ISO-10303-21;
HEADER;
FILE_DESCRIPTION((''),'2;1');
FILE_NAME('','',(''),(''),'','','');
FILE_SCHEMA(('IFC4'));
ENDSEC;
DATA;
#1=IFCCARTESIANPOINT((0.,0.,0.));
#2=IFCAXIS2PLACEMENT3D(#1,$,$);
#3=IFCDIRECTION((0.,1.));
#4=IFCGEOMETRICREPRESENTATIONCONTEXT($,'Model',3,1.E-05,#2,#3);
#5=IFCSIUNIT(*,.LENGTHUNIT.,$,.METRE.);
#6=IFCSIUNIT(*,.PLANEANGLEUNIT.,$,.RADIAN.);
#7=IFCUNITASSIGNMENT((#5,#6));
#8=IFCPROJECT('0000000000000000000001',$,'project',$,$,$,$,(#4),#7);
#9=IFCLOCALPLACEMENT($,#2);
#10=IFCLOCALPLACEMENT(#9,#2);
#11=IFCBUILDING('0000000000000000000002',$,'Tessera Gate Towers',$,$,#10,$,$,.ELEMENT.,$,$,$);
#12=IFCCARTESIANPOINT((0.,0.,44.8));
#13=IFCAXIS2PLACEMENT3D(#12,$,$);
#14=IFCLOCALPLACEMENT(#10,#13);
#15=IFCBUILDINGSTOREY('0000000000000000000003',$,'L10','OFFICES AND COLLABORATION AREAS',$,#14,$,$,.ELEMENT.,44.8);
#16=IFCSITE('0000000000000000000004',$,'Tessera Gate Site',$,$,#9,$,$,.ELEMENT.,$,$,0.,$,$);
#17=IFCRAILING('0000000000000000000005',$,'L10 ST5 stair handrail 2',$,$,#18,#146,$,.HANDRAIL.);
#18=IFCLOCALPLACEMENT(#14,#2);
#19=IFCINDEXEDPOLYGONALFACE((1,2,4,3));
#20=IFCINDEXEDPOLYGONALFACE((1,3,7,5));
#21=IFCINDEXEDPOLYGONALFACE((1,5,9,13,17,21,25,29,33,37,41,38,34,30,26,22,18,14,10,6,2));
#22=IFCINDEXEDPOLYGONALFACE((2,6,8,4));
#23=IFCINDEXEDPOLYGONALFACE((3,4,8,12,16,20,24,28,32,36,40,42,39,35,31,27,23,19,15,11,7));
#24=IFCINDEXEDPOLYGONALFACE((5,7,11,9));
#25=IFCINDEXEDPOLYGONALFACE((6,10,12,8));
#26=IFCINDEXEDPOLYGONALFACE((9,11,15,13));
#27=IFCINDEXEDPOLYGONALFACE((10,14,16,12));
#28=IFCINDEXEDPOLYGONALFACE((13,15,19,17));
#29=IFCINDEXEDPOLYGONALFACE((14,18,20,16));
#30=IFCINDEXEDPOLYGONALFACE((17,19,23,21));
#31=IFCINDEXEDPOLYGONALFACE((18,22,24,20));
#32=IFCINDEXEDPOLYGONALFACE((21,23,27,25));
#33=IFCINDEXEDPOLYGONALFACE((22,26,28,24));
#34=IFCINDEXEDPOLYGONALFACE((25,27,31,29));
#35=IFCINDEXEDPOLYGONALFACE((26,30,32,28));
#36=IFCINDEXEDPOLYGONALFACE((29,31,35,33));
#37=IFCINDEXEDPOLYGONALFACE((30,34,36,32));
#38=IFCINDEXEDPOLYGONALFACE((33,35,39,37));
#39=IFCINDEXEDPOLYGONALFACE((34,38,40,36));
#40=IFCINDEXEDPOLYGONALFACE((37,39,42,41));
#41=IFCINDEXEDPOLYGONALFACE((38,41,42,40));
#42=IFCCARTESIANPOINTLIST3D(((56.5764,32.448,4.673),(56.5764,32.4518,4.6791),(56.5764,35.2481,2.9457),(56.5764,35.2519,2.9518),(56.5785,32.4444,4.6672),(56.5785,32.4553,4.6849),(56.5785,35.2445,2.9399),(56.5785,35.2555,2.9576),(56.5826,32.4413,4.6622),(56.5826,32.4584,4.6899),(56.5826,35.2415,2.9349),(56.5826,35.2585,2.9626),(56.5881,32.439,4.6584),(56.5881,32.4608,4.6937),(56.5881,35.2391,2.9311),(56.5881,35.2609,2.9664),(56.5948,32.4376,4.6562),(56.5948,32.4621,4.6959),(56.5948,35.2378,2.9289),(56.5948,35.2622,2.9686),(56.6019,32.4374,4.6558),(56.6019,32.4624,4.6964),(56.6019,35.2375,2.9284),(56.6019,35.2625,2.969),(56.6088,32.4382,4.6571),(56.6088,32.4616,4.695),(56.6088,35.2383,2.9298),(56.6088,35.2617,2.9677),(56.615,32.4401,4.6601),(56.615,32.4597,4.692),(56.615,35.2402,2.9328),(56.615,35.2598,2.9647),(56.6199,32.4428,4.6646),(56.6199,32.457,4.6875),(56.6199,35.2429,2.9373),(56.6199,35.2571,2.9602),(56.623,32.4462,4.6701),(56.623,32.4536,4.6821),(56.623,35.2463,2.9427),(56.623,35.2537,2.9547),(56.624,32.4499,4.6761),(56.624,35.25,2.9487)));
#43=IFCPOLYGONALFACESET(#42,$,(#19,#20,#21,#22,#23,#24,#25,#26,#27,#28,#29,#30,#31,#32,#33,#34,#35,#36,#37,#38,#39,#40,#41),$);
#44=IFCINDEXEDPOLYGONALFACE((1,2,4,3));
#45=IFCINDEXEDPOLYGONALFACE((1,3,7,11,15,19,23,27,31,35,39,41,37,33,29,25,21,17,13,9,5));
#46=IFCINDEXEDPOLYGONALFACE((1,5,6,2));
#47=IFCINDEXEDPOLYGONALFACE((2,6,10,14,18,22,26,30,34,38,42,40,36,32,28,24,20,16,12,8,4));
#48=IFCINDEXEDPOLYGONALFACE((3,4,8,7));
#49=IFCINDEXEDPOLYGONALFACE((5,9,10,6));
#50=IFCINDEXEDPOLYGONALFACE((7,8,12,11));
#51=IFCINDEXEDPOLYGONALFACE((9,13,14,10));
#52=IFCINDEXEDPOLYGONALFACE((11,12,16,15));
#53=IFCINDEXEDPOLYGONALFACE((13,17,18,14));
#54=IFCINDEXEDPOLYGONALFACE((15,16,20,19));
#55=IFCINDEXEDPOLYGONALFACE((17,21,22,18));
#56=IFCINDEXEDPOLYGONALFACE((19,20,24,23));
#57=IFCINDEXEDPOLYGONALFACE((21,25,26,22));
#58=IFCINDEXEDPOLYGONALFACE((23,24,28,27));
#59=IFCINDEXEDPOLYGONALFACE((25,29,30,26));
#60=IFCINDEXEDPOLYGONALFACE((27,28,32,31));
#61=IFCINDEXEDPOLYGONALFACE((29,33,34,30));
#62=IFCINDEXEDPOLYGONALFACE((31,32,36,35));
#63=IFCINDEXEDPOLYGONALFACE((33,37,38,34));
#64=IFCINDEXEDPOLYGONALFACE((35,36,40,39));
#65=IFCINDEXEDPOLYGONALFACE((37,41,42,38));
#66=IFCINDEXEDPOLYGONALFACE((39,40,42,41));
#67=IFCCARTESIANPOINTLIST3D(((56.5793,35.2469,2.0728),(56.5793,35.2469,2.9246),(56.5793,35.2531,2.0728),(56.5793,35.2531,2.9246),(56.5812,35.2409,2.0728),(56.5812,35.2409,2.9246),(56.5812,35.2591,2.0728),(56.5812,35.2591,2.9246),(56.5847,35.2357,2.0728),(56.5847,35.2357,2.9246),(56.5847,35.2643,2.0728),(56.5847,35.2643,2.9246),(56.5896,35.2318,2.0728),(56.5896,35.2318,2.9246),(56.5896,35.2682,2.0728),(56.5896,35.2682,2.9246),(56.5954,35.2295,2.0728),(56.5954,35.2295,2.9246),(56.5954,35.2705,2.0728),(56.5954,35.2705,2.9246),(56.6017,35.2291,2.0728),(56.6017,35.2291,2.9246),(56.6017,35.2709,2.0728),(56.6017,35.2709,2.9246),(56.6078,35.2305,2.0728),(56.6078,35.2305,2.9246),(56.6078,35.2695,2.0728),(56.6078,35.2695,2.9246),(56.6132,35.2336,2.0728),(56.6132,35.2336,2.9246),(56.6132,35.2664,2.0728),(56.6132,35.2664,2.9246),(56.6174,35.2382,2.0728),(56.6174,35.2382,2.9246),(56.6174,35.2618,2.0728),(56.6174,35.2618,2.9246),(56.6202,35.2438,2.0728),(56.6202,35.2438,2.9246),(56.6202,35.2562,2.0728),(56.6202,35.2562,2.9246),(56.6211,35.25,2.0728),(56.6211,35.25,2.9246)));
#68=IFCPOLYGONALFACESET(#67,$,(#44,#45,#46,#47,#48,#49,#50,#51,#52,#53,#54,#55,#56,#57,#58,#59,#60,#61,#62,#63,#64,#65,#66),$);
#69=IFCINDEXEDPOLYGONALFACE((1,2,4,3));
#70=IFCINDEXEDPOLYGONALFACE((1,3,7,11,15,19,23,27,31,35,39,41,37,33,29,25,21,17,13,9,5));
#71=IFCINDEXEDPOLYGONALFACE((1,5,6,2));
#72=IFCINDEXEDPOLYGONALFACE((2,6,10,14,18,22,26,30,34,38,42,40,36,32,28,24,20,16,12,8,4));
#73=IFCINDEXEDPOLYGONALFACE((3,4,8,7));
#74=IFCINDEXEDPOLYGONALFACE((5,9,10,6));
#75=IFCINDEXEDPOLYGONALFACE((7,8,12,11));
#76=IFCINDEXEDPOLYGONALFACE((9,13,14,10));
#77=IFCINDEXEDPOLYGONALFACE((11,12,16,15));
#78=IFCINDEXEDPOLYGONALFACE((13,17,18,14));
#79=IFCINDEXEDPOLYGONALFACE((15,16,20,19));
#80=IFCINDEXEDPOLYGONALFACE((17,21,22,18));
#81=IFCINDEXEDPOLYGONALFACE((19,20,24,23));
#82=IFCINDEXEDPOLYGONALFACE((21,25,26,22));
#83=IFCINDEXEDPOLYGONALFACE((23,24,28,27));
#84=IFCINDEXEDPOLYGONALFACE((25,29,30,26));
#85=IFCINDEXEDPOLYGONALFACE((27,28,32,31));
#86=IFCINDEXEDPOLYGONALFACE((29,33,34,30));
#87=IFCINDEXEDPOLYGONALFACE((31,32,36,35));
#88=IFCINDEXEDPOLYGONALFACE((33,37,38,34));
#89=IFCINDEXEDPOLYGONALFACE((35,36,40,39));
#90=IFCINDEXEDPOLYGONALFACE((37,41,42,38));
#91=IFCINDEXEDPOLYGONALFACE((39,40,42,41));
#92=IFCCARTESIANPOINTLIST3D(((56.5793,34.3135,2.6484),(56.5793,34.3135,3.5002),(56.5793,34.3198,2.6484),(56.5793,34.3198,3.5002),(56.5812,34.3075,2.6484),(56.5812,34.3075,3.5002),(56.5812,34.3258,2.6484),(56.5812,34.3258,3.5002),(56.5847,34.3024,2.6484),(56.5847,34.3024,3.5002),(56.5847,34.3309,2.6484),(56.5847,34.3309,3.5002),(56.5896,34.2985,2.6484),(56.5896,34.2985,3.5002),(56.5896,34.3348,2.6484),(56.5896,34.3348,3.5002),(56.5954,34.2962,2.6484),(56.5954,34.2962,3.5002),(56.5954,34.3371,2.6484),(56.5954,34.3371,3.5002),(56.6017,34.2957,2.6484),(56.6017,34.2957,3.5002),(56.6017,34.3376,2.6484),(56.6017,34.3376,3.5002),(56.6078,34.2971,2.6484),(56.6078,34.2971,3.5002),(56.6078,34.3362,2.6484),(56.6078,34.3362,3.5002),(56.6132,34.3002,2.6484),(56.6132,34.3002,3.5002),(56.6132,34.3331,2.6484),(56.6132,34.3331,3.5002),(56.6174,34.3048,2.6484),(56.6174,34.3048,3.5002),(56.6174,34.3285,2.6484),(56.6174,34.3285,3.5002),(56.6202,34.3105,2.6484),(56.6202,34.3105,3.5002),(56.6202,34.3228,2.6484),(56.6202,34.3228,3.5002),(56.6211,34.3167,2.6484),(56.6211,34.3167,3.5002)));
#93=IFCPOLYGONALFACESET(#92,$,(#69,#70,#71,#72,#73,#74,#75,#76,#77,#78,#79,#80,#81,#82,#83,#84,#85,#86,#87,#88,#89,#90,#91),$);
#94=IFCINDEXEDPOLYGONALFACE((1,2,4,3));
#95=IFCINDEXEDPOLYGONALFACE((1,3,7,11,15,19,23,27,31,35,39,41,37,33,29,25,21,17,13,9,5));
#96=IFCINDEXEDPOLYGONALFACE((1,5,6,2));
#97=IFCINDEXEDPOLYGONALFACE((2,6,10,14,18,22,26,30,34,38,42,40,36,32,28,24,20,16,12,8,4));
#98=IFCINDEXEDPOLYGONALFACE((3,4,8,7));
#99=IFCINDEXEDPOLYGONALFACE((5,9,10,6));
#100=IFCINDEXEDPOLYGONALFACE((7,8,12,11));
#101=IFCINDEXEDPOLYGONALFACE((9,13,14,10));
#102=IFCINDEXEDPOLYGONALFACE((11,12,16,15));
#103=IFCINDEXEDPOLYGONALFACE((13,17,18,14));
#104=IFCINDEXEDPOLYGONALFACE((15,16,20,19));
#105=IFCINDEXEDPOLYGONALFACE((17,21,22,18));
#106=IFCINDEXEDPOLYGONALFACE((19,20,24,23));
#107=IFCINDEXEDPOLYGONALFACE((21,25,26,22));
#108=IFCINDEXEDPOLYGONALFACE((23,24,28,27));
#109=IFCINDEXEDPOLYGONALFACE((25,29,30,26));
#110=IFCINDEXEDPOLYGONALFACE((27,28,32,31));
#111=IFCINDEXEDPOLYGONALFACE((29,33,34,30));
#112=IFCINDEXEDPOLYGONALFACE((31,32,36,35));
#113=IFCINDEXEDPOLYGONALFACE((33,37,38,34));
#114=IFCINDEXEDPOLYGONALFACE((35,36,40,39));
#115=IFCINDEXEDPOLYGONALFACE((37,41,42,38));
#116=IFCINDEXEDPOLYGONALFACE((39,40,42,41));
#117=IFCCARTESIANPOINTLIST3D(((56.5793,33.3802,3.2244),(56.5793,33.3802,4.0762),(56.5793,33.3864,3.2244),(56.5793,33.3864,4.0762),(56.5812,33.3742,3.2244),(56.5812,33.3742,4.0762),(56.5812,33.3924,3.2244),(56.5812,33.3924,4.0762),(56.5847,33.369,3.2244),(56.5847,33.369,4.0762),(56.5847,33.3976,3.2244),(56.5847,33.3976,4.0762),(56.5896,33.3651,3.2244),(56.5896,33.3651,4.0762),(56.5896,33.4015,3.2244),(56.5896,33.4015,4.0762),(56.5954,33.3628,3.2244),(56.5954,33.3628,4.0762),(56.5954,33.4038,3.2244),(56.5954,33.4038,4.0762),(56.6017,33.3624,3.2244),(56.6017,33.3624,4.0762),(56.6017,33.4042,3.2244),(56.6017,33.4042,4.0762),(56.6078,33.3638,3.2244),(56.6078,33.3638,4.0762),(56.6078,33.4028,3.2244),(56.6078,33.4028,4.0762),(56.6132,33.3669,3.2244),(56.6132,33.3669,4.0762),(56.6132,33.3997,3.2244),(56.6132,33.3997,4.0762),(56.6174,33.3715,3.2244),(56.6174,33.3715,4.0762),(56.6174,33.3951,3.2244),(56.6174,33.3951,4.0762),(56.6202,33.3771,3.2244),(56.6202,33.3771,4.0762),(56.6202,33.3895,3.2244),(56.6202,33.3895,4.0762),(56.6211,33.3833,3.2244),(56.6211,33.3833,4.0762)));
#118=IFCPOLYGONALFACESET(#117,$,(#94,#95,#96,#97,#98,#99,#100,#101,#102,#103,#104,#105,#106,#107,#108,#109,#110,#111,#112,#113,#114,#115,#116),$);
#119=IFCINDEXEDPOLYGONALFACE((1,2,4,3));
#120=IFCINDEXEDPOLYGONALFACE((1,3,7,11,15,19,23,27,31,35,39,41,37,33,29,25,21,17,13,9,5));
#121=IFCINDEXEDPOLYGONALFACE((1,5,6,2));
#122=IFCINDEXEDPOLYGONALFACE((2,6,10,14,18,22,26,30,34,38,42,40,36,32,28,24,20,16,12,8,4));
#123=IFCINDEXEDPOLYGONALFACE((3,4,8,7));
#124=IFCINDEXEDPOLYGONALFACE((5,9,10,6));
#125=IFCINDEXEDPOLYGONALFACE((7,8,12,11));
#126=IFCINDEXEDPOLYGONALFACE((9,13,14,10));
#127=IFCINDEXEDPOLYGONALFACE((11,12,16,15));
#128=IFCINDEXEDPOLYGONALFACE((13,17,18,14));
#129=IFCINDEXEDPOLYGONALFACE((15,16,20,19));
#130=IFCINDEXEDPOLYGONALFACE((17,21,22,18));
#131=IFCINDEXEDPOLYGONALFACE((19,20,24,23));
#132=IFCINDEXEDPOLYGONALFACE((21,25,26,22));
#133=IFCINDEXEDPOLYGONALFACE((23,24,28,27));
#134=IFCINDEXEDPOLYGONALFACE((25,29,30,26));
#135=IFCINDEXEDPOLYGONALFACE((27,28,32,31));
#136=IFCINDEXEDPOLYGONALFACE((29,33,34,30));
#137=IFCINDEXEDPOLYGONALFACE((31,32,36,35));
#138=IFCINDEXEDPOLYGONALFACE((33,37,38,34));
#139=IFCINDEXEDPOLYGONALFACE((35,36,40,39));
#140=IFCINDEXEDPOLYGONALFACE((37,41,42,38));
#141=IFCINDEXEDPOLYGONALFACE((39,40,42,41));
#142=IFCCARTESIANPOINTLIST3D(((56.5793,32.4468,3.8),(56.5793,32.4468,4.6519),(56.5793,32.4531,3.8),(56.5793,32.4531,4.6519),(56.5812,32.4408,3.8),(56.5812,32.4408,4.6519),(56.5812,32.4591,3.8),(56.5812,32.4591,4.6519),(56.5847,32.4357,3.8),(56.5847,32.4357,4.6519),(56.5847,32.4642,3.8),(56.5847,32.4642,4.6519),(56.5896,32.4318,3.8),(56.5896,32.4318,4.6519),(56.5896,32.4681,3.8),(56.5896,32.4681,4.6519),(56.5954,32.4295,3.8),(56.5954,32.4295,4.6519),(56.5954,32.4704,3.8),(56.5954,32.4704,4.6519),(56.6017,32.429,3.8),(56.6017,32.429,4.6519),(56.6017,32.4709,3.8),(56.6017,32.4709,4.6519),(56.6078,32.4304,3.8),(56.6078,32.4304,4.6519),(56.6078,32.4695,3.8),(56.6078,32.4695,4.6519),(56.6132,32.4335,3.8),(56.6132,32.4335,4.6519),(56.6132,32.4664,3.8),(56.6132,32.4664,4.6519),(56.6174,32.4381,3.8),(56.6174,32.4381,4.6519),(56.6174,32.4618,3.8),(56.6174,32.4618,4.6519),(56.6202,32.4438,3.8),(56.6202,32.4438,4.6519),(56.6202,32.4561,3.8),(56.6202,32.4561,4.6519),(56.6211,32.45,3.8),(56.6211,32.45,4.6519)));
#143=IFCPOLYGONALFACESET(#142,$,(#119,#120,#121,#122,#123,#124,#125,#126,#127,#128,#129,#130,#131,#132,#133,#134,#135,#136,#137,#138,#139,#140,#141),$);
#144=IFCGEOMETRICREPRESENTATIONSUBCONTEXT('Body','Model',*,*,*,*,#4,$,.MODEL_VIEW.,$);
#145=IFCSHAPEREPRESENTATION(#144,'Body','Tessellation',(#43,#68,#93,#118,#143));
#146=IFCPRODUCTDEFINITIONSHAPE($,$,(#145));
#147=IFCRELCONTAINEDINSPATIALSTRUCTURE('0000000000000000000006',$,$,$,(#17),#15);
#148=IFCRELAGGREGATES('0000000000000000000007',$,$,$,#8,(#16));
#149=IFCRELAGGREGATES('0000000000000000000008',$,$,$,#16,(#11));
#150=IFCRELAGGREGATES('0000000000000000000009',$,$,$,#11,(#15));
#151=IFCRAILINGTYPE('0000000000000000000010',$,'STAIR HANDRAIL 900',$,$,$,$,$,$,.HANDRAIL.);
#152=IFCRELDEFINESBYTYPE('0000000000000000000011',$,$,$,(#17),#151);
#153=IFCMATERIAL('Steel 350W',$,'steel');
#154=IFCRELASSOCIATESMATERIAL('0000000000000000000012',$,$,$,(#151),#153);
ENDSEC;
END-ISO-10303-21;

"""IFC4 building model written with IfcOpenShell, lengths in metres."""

from ifc_helpers import new_model, si_unit, direction, frame, origin, origin_2d, place, context, subcontext, project, spatial, circle, extrude, material, type_object, element, save


model = new_model("IFC4")

# Units and contexts
model_context = context("Model", 3, precision=1e-05, world=origin(), true_north=direction((0.0, 1.0)))
body_context = subcontext(model_context, "Body", "Model", "MODEL_VIEW")
ifc_project = project(units=[si_unit("LENGTHUNIT", "METRE"), si_unit("PLANEANGLEUNIT", "RADIAN")], contexts=[model_context])

# Site, building, storey
site_placement = place(None, origin())
site = spatial("IfcSite", under=ifc_project, at=site_placement, Name="Tessera Gate Site", CompositionType="ELEMENT", RefElevation=0.0)
building_placement = place(site_placement, origin())
building = spatial("IfcBuilding", under=site, at=building_placement, Name="Tessera Gate Towers", CompositionType="ELEMENT")
storey_placement = place(building_placement, frame((0.0, 0.0, 44.8)))
storey = spatial("IfcBuildingStorey", under=building, at=storey_placement, Name="L10", Description="OFFICES AND COLLABORATION AREAS", CompositionType="ELEMENT", Elevation=44.8)

# Railing
ifc_material_1 = material(Name="Steel 350W", Category="steel")
railing_type_1 = type_object("IfcRailingType", Name="STAIR HANDRAIL 900", PredefinedType="HANDRAIL", material=ifc_material_1)
railing_1_placement = place(storey_placement, frame((56.6001, 35.25, 2.0728)))
element("IfcRailing", 1, at=railing_1_placement, inside=storey, type_object=railing_type_1, Name="L10 ST5 stair handrail 2", PredefinedType="HANDRAIL", context=body_context, shape_type="SweptSolid", body=[
    extrude(circle(Radius=0.0239, at=origin_2d()), frame((0.0, 0.0, 0.876), z_axis=(0.0, -0.85109, 0.52502), x_axis=(1.0, 0.0, 0.0)), (0.0, 0.0, 1.0), 3.29),
    extrude(circle(Radius=0.021, at=origin_2d()), origin(), (0.0, 0.0, 1.0), 0.8518),
    extrude(circle(Radius=0.021, at=origin_2d()), frame((0.0, -0.9333, 0.5757)), (0.0, 0.0, 1.0), 0.8518),
    extrude(circle(Radius=0.021, at=origin_2d()), frame((0.0, -1.8667, 1.1516)), (0.0, 0.0, 1.0), 0.8518),
    extrude(circle(Radius=0.021, at=origin_2d()), frame((0.0, -2.8, 1.7273)), (0.0, 0.0, 1.0), 0.8518),
])

save(model, "model.ifc")
